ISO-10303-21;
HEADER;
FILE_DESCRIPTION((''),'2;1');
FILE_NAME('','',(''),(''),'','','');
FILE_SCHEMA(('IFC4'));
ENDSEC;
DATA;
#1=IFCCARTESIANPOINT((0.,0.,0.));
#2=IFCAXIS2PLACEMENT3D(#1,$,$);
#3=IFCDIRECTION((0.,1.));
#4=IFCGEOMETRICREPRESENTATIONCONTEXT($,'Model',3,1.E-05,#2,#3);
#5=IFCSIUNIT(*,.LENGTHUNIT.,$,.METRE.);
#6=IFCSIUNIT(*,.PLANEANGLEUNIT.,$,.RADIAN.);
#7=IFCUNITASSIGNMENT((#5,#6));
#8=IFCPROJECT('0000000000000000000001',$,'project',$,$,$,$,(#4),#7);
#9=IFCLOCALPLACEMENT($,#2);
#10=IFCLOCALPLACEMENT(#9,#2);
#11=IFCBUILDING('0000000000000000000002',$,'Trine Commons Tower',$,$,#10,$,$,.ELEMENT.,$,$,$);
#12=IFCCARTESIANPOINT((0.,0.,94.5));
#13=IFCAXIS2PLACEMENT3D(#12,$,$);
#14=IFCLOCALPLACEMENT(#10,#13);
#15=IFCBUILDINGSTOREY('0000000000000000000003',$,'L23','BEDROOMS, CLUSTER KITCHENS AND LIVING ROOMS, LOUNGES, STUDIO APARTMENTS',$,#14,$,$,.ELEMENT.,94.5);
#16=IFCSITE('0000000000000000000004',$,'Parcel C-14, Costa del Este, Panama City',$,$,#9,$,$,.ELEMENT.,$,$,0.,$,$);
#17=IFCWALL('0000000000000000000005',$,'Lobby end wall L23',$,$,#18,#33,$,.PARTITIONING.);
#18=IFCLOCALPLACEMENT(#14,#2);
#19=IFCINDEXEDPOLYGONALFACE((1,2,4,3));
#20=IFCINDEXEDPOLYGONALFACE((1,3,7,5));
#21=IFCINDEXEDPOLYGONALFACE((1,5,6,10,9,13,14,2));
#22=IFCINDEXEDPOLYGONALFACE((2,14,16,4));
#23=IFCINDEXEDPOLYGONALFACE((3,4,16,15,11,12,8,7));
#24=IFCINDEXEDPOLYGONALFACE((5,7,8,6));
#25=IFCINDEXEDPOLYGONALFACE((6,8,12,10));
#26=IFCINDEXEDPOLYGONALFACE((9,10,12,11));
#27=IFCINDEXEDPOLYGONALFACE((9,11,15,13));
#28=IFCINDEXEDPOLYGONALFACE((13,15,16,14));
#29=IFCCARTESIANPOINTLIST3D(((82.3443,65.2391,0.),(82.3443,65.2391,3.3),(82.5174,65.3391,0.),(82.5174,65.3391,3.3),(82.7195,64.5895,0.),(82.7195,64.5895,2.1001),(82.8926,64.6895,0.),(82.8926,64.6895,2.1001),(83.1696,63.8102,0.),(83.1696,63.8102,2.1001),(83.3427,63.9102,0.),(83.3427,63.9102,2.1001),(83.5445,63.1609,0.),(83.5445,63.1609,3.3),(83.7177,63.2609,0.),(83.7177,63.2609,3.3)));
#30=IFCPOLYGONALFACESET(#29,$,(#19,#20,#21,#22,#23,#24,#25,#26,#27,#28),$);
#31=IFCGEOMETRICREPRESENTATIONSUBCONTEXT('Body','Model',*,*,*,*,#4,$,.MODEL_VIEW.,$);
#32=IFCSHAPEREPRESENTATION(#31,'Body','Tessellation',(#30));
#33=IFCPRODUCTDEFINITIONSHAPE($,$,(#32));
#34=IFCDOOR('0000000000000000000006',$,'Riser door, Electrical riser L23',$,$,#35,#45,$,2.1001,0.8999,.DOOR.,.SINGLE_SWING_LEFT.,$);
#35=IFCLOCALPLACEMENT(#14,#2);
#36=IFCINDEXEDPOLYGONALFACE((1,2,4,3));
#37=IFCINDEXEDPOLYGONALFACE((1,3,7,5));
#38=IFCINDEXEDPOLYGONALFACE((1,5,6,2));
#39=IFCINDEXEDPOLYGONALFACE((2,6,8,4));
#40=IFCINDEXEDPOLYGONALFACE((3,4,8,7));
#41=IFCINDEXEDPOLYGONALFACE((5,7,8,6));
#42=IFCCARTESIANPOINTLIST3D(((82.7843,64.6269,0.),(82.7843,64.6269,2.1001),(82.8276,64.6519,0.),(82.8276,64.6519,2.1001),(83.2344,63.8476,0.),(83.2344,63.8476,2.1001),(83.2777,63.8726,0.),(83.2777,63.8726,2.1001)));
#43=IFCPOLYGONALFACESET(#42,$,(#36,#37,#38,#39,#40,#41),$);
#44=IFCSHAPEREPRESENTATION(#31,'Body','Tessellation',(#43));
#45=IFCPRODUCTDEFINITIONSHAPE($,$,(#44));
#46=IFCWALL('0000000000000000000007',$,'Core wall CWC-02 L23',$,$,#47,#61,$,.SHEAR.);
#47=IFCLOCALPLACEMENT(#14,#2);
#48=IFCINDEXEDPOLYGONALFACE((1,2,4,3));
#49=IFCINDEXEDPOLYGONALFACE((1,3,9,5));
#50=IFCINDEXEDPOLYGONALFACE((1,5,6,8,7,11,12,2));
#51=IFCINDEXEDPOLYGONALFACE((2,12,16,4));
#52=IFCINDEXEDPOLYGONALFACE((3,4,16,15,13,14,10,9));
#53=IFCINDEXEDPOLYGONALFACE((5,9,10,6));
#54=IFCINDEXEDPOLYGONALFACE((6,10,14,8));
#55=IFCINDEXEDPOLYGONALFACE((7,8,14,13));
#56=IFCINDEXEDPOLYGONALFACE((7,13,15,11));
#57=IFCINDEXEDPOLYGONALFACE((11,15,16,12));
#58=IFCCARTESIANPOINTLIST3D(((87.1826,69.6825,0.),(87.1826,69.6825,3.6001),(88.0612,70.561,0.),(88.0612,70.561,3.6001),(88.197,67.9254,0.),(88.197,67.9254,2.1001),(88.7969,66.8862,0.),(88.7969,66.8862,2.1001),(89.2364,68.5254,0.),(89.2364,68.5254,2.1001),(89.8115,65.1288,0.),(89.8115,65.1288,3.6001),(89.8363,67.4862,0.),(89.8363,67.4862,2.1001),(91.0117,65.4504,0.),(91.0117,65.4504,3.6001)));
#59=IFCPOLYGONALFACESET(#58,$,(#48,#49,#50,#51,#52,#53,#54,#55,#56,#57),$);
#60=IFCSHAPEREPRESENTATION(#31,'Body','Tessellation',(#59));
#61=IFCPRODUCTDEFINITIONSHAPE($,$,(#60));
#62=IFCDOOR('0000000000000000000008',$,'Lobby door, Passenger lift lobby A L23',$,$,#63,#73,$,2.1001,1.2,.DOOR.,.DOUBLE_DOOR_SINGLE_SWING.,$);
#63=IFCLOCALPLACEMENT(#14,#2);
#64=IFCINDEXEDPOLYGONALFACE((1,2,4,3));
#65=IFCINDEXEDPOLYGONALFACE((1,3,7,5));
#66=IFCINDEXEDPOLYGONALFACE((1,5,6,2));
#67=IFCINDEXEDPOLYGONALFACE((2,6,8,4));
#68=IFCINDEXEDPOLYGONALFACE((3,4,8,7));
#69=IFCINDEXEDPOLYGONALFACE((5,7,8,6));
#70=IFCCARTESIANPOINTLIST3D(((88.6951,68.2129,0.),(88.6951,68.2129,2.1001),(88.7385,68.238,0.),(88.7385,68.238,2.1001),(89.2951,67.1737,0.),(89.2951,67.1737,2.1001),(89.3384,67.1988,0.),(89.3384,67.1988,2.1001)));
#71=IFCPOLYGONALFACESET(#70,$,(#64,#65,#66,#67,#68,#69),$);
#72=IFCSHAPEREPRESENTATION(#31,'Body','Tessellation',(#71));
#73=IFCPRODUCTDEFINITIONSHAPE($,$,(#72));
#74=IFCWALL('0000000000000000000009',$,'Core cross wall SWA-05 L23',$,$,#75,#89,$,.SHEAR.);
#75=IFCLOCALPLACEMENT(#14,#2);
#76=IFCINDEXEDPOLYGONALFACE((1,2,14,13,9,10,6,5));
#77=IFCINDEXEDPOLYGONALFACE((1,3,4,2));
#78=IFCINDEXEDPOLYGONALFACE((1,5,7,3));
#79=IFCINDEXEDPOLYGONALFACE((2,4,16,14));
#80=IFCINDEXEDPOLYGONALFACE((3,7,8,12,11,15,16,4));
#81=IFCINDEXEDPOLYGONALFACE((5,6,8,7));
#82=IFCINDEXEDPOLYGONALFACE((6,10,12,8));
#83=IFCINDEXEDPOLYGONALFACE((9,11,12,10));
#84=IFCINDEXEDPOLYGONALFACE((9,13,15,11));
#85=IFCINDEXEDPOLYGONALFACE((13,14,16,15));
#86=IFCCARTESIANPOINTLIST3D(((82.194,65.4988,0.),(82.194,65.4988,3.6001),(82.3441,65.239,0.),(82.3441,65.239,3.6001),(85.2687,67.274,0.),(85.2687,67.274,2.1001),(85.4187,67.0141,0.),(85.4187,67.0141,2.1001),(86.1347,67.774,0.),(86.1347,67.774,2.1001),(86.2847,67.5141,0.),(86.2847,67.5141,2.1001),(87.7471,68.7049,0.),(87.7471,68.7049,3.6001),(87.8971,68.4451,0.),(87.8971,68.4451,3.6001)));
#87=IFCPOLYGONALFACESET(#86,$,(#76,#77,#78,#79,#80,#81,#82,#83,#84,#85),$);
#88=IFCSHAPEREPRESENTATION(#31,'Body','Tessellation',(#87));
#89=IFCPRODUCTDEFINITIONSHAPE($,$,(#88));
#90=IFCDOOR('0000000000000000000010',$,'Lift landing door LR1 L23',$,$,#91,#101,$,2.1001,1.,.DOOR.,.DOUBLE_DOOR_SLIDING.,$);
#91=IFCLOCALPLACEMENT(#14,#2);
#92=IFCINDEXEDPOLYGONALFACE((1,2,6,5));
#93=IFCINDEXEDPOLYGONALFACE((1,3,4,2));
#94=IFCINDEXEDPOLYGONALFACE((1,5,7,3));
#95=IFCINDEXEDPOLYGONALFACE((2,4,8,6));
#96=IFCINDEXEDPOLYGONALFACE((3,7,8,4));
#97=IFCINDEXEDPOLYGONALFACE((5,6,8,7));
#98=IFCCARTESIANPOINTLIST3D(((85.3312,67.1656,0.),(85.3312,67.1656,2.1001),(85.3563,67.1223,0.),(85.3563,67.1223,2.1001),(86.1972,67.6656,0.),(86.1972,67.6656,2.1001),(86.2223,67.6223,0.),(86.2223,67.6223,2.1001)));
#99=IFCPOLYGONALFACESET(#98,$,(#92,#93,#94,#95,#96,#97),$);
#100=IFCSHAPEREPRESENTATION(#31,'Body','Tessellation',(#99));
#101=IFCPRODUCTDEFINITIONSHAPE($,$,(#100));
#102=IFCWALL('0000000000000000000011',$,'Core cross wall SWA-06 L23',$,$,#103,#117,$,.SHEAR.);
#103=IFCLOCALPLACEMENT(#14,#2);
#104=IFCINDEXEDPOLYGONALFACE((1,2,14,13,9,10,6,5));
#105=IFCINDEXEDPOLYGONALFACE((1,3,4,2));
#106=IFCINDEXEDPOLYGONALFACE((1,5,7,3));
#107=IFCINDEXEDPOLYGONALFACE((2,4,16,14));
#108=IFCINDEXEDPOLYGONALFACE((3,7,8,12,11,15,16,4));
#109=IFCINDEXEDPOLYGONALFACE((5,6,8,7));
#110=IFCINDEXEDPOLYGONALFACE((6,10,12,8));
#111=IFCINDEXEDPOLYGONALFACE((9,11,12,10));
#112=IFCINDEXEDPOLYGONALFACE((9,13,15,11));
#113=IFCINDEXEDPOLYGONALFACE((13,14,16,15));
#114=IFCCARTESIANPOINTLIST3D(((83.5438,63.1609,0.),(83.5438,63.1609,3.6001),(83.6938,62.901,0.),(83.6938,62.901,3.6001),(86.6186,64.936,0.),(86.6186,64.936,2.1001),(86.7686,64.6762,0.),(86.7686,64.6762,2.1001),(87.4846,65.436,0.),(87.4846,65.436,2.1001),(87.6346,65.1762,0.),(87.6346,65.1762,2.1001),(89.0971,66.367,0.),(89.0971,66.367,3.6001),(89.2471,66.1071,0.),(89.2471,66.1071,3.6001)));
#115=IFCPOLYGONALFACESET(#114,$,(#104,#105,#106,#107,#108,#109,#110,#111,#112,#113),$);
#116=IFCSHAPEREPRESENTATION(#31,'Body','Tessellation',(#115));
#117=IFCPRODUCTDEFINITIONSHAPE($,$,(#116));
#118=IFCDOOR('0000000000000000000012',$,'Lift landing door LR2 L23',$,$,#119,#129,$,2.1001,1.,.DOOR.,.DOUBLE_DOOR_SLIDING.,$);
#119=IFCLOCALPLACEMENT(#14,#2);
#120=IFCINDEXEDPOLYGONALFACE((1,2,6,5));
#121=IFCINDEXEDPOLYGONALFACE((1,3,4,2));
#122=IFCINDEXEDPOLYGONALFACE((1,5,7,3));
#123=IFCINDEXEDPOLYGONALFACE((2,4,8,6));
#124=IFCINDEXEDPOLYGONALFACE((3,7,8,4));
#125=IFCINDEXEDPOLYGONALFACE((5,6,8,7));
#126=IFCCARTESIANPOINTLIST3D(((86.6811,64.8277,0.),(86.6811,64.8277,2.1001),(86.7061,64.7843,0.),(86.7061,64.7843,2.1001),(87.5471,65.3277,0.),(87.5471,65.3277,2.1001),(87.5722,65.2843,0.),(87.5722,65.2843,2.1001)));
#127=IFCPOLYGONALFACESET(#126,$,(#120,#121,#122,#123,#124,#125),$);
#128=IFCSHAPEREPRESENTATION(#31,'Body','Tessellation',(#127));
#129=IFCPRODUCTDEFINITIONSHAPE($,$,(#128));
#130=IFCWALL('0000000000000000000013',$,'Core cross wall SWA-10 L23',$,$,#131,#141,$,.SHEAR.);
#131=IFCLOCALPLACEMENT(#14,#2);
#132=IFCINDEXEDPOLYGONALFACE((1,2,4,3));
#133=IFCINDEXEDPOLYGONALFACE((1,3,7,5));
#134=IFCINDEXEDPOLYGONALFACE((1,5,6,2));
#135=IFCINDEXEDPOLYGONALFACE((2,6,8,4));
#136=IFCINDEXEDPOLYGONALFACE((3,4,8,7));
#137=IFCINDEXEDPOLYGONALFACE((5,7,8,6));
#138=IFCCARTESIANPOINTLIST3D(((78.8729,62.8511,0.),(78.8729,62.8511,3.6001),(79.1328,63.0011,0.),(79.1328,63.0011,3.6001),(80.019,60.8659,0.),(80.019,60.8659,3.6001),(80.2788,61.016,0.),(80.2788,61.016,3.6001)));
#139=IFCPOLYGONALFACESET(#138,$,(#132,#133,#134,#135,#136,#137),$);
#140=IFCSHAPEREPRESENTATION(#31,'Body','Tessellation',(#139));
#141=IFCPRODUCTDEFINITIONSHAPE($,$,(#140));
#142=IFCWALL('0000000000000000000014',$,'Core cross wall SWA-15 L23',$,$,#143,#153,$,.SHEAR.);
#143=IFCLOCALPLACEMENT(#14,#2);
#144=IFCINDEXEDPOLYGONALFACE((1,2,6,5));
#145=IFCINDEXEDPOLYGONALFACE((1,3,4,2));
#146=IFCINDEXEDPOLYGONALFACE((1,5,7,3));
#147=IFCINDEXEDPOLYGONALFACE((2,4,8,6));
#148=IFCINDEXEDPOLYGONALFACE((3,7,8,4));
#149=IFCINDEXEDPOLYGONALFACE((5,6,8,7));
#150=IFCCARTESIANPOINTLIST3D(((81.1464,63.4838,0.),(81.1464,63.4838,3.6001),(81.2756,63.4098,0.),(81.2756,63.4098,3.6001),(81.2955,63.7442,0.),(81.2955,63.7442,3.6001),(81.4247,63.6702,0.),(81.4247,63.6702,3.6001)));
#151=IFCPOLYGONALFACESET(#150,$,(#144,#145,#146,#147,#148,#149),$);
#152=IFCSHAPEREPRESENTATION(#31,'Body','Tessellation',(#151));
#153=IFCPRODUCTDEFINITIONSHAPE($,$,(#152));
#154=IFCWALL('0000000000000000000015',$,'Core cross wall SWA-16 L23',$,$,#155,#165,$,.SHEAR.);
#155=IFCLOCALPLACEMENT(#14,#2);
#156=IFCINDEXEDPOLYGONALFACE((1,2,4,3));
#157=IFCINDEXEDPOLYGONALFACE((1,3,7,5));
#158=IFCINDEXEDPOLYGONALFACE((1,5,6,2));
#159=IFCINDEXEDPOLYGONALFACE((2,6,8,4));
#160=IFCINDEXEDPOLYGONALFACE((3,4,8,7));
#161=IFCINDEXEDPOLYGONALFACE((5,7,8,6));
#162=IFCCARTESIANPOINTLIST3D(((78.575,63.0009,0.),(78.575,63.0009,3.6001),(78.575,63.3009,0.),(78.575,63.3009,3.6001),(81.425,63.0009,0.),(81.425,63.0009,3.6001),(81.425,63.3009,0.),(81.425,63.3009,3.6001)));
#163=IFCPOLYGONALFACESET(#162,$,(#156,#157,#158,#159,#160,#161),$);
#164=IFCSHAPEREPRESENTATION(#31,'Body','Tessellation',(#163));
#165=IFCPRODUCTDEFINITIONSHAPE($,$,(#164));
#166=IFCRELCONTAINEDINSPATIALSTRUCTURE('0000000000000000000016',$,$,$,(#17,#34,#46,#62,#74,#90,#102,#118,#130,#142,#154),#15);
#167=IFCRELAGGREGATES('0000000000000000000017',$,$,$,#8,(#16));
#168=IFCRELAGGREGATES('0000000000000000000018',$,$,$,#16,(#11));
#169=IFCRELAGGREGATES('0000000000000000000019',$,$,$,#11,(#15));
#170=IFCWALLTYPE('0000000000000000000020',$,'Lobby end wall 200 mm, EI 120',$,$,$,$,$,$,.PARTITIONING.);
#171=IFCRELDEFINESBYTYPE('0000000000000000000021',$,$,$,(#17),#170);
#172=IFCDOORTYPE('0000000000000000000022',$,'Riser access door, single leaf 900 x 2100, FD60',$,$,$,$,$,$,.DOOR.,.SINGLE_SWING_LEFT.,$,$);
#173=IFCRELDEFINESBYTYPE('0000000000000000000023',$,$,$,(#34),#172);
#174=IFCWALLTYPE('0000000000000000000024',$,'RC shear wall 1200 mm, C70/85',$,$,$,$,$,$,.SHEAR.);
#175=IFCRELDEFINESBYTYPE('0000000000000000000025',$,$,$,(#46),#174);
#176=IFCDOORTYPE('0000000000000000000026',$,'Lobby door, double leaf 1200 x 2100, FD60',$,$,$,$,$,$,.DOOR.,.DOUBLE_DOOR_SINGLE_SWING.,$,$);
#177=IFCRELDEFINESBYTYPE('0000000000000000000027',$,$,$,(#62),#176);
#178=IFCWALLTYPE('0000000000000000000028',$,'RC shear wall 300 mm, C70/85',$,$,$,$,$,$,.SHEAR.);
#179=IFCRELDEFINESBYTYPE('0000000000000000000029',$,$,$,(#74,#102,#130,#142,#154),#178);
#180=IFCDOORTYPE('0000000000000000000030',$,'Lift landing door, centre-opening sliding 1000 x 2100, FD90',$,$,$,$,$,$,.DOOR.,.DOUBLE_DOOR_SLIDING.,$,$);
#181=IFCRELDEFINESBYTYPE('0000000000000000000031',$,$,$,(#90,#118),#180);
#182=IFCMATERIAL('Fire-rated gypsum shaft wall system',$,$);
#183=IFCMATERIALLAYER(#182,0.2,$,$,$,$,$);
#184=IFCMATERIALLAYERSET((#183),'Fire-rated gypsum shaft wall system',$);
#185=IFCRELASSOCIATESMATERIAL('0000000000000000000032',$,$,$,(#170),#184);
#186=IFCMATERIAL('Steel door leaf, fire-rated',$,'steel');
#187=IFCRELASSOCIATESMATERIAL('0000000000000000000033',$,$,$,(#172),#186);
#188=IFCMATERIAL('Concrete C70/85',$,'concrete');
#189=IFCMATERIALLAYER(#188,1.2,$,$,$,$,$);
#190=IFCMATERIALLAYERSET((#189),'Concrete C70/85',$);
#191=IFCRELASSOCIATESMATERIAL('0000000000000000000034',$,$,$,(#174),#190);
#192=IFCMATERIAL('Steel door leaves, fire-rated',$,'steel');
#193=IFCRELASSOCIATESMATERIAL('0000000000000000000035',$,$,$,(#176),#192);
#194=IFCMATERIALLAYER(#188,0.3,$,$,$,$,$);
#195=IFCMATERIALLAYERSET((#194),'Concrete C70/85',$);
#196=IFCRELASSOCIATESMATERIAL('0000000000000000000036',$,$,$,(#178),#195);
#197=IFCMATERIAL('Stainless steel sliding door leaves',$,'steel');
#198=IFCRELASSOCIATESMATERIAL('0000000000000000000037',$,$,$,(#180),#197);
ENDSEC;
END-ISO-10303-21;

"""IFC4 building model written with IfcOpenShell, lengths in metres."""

from ifc_helpers import new_model, si_unit, direction, frame, frame_2d, origin, place, context, subcontext, project, spatial, polyline, rectangle, outline, extrude, material, layer, layer_set, type_object, element, fill, save


model = new_model("IFC4")

# Units and contexts
model_context = context("Model", 3, precision=1e-05, world=origin(), true_north=direction((0.0, 1.0)))
body_context = subcontext(model_context, "Body", "Model", "MODEL_VIEW")
ifc_project = project(units=[si_unit("LENGTHUNIT", "METRE"), si_unit("PLANEANGLEUNIT", "RADIAN")], contexts=[model_context])

# Site, building, storey
site_placement = place(None, origin())
site = spatial("IfcSite", under=ifc_project, at=site_placement, Name="Parcel C-14, Costa del Este, Panama City", CompositionType="ELEMENT", RefElevation=0.0)
building_placement = place(site_placement, origin())
building = spatial("IfcBuilding", under=site, at=building_placement, Name="Trine Commons Tower", CompositionType="ELEMENT")
storey_placement = place(building_placement, frame((0.0, 0.0, 94.5)))
storey = spatial("IfcBuildingStorey", under=building, at=storey_placement, Name="L23", Description="BEDROOMS, CLUSTER KITCHENS AND LIVING ROOMS, LOUNGES, STUDIO APARTMENTS", CompositionType="ELEMENT", Elevation=94.5)

# Walls, openings, doors
ifc_material_1 = material(Name="Fire-rated gypsum shaft wall system")
ifc_layer_1 = layer(ifc_material_1, 0.2)
ifc_layer_set_1 = layer_set([ifc_layer_1], Name="Fire-rated gypsum shaft wall system")
wall_type_1 = type_object("IfcWallType", Name="Lobby end wall 200 mm, EI 120", PredefinedType="PARTITIONING", material=ifc_layer_set_1)
wall_1_placement = place(storey_placement, frame((83.6311, 63.2109, 0.0), z_axis=(0.0, 0.0, 1.0), x_axis=(-0.500122, 0.865955, 0.0)))
wall_1 = element("IfcWall", 1, at=wall_1_placement, inside=storey, type_object=wall_type_1, Name="Lobby end wall L23", PredefinedType="PARTITIONING", context=body_context, shape_type="SweptSolid", body=[
    extrude(rectangle(XDim=2.3999, YDim=0.2, at=frame_2d((1.2, 0.0))), origin(), (0.0, 0.0, 1.0), 3.3),
])
opening_1_placement = place(wall_1_placement, frame((0.7498, 0.0, 0.0)))
opening_1 = element("IfcOpeningElement", 2, at=opening_1_placement, cuts=wall_1, PredefinedType="OPENING", context=body_context, shape_type="SweptSolid", body=[
    extrude(rectangle(XDim=0.8999, YDim=2.1001, at=frame_2d((0.45, 1.05))), frame((0.0, 0.1099, 0.0), z_axis=(0.0, -1.0, 0.0), x_axis=(1.0, 0.0, 0.0)), (0.0, 0.0, 1.0), 0.22),
])
ifc_material_2 = material(Name="Steel door leaf, fire-rated", Category="steel")
door_type_1 = type_object("IfcDoorType", Name="Riser access door, single leaf 900 x 2100, FD60", OperationType="SINGLE_SWING_LEFT", PredefinedType="DOOR", material=ifc_material_2)
door_1_placement = place(opening_1_placement, frame((0.8999, 0.0, 0.0), z_axis=(0.0, 0.0, 1.0), x_axis=(-1.0, 0.0, 0.0)))
door_1 = element("IfcDoor", 3, at=door_1_placement, inside=storey, type_object=door_type_1, Name="Riser door, Electrical riser L23", OperationType="SINGLE_SWING_LEFT", OverallHeight=2.1001, OverallWidth=0.8999, PredefinedType="DOOR", context=body_context, shape_type="SweptSolid", body=[
    extrude(rectangle(XDim=0.8999, YDim=2.1001, at=frame_2d((0.45, 1.05))), frame((0.0, 0.0249, 0.0), z_axis=(0.0, -1.0, 0.0), x_axis=(1.0, 0.0, 0.0)), (0.0, 0.0, 1.0), 0.05),
])
fill(opening_1, door_1)
ifc_material_3 = material(Name="Concrete C70/85", Category="concrete")
ifc_layer_2 = layer(ifc_material_3, 1.2)
ifc_layer_set_2 = layer_set([ifc_layer_2], Name="Concrete C70/85")
wall_type_2 = type_object("IfcWallType", Name="RC shear wall 1200 mm, C70/85", PredefinedType="SHEAR", material=ifc_layer_set_2)
wall_2_placement = place(storey_placement, frame((90.4919, 65.1504, 0.0), z_axis=(0.0, 0.0, 1.0), x_axis=(-0.499979, 0.866037, 0.0)))
wall_2 = element("IfcWall", 4, at=wall_2_placement, inside=storey, type_object=wall_type_2, Name="Core wall CWC-02 L23", PredefinedType="SHEAR", context=body_context, shape_type="SweptSolid", body=[
    extrude(outline(polyline([(0.0, -0.6001), (5.9011, -0.6001), (5.5796, 0.6001), (0.3215, 0.6001), (0.0, -0.6001)])), origin(), (0.0, 0.0, 1.0), 3.6001),
])
opening_2_placement = place(wall_2_placement, frame((2.3506, 0.0, 0.0)))
opening_2 = element("IfcOpeningElement", 5, at=opening_2_placement, cuts=wall_2, PredefinedType="OPENING", context=body_context, shape_type="SweptSolid", body=[
    extrude(rectangle(XDim=1.2, YDim=2.1001, at=frame_2d((0.6001, 1.05))), frame((0.0, 0.6099, 0.0), z_axis=(0.0, -1.0, 0.0), x_axis=(1.0, 0.0, 0.0)), (0.0, 0.0, 1.0), 1.22),
])
ifc_material_4 = material(Name="Steel door leaves, fire-rated", Category="steel")
door_type_2 = type_object("IfcDoorType", Name="Lobby door, double leaf 1200 x 2100, FD60", OperationType="DOUBLE_DOOR_SINGLE_SWING", PredefinedType="DOOR", material=ifc_material_4)
door_2_placement = place(opening_2_placement, origin())
door_2 = element("IfcDoor", 6, at=door_2_placement, inside=storey, type_object=door_type_2, Name="Lobby door, Passenger lift lobby A L23", OperationType="DOUBLE_DOOR_SINGLE_SWING", OverallHeight=2.1001, OverallWidth=1.2, PredefinedType="DOOR", context=body_context, shape_type="SweptSolid", body=[
    extrude(rectangle(XDim=1.2, YDim=2.1001, at=frame_2d((0.6001, 1.05))), frame((0.0, 0.0249, 0.0), z_axis=(0.0, -1.0, 0.0), x_axis=(1.0, 0.0, 0.0)), (0.0, 0.0, 1.0), 0.05),
])
fill(opening_2, door_2)
ifc_layer_3 = layer(ifc_material_3, 0.3)
ifc_layer_set_3 = layer_set([ifc_layer_3], Name="Concrete C70/85")
wall_type_3 = type_object("IfcWallType", Name="RC shear wall 300 mm, C70/85", PredefinedType="SHEAR", material=ifc_layer_set_3)
wall_3_placement = place(storey_placement, frame((82.269, 65.3689, 0.0), z_axis=(0.0, 0.0, 1.0), x_axis=(0.866023, 0.500005, 0.0)))
wall_3 = element("IfcWall", 7, at=wall_3_placement, inside=storey, type_object=wall_type_3, Name="Core cross wall SWA-05 L23", PredefinedType="SHEAR", context=body_context, shape_type="SweptSolid", body=[
    extrude(rectangle(XDim=6.4121, YDim=0.3, at=frame_2d((3.2061, 0.0))), origin(), (0.0, 0.0, 1.0), 3.6001),
])
opening_3_placement = place(wall_3_placement, frame((3.5503, 0.0, 0.0)))
opening_3 = element("IfcOpeningElement", 8, at=opening_3_placement, cuts=wall_3, PredefinedType="OPENING", context=body_context, shape_type="SweptSolid", body=[
    extrude(rectangle(XDim=1.0, YDim=2.1001, at=frame_2d((0.5, 1.05))), frame((0.0, 0.1599, 0.0), z_axis=(0.0, -1.0, 0.0), x_axis=(1.0, 0.0, 0.0)), (0.0, 0.0, 1.0), 0.3201),
])
ifc_material_5 = material(Name="Stainless steel sliding door leaves", Category="steel")
door_type_3 = type_object("IfcDoorType", Name="Lift landing door, centre-opening sliding 1000 x 2100, FD90", OperationType="DOUBLE_DOOR_SLIDING", PredefinedType="DOOR", material=ifc_material_5)
door_3_placement = place(opening_3_placement, origin())
door_3 = element("IfcDoor", 9, at=door_3_placement, inside=storey, type_object=door_type_3, Name="Lift landing door LR1 L23", OperationType="DOUBLE_DOOR_SLIDING", OverallHeight=2.1001, OverallWidth=1.0, PredefinedType="DOOR", context=body_context, shape_type="SweptSolid", body=[
    extrude(rectangle(XDim=1.0, YDim=2.1001, at=frame_2d((0.5, 1.05))), frame((0.0, 0.0249, 0.0), z_axis=(0.0, -1.0, 0.0), x_axis=(1.0, 0.0, 0.0)), (0.0, 0.0, 1.0), 0.05),
])
fill(opening_3, door_3)
wall_4_placement = place(storey_placement, frame((83.6189, 63.031, 0.0), z_axis=(0.0, 0.0, 1.0), x_axis=(0.866032, 0.499988, 0.0)))
wall_4 = element("IfcWall", 10, at=wall_4_placement, inside=storey, type_object=wall_type_3, Name="Core cross wall SWA-06 L23", PredefinedType="SHEAR", context=body_context, shape_type="SweptSolid", body=[
    extrude(rectangle(XDim=6.4124, YDim=0.3, at=frame_2d((3.2061, 0.0))), origin(), (0.0, 0.0, 1.0), 3.6001),
])
opening_4_placement = place(wall_4_placement, frame((3.5503, 0.0, 0.0)))
opening_4 = element("IfcOpeningElement", 11, at=opening_4_placement, cuts=wall_4, PredefinedType="OPENING", context=body_context, shape_type="SweptSolid", body=[
    extrude(rectangle(XDim=1.0, YDim=2.1001, at=frame_2d((0.5, 1.05))), frame((0.0, 0.1599, 0.0), z_axis=(0.0, -1.0, 0.0), x_axis=(1.0, 0.0, 0.0)), (0.0, 0.0, 1.0), 0.3201),
])
door_4_placement = place(opening_4_placement, origin())
door_4 = element("IfcDoor", 12, at=door_4_placement, inside=storey, type_object=door_type_3, Name="Lift landing door LR2 L23", OperationType="DOUBLE_DOOR_SLIDING", OverallHeight=2.1001, OverallWidth=1.0, PredefinedType="DOOR", context=body_context, shape_type="SweptSolid", body=[
    extrude(rectangle(XDim=1.0, YDim=2.1001, at=frame_2d((0.5, 1.05))), frame((0.0, 0.0249, 0.0), z_axis=(0.0, -1.0, 0.0), x_axis=(1.0, 0.0, 0.0)), (0.0, 0.0, 1.0), 0.05),
])
fill(opening_4, door_4)

# Walls
wall_5_placement = place(storey_placement, frame((79.0029, 62.926, 0.0), z_axis=(0.0, 0.0, 1.0), x_axis=(0.499965, -0.866045, 0.0)))
element("IfcWall", 13, at=wall_5_placement, inside=storey, type_object=wall_type_3, Name="Core cross wall SWA-10 L23", PredefinedType="SHEAR", context=body_context, shape_type="SweptSolid", body=[
    extrude(rectangle(XDim=2.2922, YDim=0.3, at=frame_2d((1.146, 0.0))), origin(), (0.0, 0.0, 1.0), 3.6001),
])
wall_6_placement = place(storey_placement, frame((81.2209, 63.614, 0.0), z_axis=(0.0, 0.0, 1.0), x_axis=(0.867738, -0.497022, 0.0)))
element("IfcWall", 14, at=wall_6_placement, inside=storey, type_object=wall_type_3, Name="Core cross wall SWA-15 L23", PredefinedType="SHEAR", context=body_context, shape_type="SweptSolid", body=[
    extrude(rectangle(XDim=0.1489, YDim=0.3, at=frame_2d((0.0745, 0.0))), origin(), (0.0, 0.0, 1.0), 3.6001),
])
wall_7_placement = place(storey_placement, frame((81.425, 63.1509, 0.0), z_axis=(0.0, 0.0, 1.0), x_axis=(-1.0, 0.0, 0.0)))
element("IfcWall", 15, at=wall_7_placement, inside=storey, type_object=wall_type_3, Name="Core cross wall SWA-16 L23", PredefinedType="SHEAR", context=body_context, shape_type="SweptSolid", body=[
    extrude(rectangle(XDim=2.8501, YDim=0.3, at=frame_2d((1.425, 0.0))), origin(), (0.0, 0.0, 1.0), 3.6001),
])

save(model, "model.ifc")
